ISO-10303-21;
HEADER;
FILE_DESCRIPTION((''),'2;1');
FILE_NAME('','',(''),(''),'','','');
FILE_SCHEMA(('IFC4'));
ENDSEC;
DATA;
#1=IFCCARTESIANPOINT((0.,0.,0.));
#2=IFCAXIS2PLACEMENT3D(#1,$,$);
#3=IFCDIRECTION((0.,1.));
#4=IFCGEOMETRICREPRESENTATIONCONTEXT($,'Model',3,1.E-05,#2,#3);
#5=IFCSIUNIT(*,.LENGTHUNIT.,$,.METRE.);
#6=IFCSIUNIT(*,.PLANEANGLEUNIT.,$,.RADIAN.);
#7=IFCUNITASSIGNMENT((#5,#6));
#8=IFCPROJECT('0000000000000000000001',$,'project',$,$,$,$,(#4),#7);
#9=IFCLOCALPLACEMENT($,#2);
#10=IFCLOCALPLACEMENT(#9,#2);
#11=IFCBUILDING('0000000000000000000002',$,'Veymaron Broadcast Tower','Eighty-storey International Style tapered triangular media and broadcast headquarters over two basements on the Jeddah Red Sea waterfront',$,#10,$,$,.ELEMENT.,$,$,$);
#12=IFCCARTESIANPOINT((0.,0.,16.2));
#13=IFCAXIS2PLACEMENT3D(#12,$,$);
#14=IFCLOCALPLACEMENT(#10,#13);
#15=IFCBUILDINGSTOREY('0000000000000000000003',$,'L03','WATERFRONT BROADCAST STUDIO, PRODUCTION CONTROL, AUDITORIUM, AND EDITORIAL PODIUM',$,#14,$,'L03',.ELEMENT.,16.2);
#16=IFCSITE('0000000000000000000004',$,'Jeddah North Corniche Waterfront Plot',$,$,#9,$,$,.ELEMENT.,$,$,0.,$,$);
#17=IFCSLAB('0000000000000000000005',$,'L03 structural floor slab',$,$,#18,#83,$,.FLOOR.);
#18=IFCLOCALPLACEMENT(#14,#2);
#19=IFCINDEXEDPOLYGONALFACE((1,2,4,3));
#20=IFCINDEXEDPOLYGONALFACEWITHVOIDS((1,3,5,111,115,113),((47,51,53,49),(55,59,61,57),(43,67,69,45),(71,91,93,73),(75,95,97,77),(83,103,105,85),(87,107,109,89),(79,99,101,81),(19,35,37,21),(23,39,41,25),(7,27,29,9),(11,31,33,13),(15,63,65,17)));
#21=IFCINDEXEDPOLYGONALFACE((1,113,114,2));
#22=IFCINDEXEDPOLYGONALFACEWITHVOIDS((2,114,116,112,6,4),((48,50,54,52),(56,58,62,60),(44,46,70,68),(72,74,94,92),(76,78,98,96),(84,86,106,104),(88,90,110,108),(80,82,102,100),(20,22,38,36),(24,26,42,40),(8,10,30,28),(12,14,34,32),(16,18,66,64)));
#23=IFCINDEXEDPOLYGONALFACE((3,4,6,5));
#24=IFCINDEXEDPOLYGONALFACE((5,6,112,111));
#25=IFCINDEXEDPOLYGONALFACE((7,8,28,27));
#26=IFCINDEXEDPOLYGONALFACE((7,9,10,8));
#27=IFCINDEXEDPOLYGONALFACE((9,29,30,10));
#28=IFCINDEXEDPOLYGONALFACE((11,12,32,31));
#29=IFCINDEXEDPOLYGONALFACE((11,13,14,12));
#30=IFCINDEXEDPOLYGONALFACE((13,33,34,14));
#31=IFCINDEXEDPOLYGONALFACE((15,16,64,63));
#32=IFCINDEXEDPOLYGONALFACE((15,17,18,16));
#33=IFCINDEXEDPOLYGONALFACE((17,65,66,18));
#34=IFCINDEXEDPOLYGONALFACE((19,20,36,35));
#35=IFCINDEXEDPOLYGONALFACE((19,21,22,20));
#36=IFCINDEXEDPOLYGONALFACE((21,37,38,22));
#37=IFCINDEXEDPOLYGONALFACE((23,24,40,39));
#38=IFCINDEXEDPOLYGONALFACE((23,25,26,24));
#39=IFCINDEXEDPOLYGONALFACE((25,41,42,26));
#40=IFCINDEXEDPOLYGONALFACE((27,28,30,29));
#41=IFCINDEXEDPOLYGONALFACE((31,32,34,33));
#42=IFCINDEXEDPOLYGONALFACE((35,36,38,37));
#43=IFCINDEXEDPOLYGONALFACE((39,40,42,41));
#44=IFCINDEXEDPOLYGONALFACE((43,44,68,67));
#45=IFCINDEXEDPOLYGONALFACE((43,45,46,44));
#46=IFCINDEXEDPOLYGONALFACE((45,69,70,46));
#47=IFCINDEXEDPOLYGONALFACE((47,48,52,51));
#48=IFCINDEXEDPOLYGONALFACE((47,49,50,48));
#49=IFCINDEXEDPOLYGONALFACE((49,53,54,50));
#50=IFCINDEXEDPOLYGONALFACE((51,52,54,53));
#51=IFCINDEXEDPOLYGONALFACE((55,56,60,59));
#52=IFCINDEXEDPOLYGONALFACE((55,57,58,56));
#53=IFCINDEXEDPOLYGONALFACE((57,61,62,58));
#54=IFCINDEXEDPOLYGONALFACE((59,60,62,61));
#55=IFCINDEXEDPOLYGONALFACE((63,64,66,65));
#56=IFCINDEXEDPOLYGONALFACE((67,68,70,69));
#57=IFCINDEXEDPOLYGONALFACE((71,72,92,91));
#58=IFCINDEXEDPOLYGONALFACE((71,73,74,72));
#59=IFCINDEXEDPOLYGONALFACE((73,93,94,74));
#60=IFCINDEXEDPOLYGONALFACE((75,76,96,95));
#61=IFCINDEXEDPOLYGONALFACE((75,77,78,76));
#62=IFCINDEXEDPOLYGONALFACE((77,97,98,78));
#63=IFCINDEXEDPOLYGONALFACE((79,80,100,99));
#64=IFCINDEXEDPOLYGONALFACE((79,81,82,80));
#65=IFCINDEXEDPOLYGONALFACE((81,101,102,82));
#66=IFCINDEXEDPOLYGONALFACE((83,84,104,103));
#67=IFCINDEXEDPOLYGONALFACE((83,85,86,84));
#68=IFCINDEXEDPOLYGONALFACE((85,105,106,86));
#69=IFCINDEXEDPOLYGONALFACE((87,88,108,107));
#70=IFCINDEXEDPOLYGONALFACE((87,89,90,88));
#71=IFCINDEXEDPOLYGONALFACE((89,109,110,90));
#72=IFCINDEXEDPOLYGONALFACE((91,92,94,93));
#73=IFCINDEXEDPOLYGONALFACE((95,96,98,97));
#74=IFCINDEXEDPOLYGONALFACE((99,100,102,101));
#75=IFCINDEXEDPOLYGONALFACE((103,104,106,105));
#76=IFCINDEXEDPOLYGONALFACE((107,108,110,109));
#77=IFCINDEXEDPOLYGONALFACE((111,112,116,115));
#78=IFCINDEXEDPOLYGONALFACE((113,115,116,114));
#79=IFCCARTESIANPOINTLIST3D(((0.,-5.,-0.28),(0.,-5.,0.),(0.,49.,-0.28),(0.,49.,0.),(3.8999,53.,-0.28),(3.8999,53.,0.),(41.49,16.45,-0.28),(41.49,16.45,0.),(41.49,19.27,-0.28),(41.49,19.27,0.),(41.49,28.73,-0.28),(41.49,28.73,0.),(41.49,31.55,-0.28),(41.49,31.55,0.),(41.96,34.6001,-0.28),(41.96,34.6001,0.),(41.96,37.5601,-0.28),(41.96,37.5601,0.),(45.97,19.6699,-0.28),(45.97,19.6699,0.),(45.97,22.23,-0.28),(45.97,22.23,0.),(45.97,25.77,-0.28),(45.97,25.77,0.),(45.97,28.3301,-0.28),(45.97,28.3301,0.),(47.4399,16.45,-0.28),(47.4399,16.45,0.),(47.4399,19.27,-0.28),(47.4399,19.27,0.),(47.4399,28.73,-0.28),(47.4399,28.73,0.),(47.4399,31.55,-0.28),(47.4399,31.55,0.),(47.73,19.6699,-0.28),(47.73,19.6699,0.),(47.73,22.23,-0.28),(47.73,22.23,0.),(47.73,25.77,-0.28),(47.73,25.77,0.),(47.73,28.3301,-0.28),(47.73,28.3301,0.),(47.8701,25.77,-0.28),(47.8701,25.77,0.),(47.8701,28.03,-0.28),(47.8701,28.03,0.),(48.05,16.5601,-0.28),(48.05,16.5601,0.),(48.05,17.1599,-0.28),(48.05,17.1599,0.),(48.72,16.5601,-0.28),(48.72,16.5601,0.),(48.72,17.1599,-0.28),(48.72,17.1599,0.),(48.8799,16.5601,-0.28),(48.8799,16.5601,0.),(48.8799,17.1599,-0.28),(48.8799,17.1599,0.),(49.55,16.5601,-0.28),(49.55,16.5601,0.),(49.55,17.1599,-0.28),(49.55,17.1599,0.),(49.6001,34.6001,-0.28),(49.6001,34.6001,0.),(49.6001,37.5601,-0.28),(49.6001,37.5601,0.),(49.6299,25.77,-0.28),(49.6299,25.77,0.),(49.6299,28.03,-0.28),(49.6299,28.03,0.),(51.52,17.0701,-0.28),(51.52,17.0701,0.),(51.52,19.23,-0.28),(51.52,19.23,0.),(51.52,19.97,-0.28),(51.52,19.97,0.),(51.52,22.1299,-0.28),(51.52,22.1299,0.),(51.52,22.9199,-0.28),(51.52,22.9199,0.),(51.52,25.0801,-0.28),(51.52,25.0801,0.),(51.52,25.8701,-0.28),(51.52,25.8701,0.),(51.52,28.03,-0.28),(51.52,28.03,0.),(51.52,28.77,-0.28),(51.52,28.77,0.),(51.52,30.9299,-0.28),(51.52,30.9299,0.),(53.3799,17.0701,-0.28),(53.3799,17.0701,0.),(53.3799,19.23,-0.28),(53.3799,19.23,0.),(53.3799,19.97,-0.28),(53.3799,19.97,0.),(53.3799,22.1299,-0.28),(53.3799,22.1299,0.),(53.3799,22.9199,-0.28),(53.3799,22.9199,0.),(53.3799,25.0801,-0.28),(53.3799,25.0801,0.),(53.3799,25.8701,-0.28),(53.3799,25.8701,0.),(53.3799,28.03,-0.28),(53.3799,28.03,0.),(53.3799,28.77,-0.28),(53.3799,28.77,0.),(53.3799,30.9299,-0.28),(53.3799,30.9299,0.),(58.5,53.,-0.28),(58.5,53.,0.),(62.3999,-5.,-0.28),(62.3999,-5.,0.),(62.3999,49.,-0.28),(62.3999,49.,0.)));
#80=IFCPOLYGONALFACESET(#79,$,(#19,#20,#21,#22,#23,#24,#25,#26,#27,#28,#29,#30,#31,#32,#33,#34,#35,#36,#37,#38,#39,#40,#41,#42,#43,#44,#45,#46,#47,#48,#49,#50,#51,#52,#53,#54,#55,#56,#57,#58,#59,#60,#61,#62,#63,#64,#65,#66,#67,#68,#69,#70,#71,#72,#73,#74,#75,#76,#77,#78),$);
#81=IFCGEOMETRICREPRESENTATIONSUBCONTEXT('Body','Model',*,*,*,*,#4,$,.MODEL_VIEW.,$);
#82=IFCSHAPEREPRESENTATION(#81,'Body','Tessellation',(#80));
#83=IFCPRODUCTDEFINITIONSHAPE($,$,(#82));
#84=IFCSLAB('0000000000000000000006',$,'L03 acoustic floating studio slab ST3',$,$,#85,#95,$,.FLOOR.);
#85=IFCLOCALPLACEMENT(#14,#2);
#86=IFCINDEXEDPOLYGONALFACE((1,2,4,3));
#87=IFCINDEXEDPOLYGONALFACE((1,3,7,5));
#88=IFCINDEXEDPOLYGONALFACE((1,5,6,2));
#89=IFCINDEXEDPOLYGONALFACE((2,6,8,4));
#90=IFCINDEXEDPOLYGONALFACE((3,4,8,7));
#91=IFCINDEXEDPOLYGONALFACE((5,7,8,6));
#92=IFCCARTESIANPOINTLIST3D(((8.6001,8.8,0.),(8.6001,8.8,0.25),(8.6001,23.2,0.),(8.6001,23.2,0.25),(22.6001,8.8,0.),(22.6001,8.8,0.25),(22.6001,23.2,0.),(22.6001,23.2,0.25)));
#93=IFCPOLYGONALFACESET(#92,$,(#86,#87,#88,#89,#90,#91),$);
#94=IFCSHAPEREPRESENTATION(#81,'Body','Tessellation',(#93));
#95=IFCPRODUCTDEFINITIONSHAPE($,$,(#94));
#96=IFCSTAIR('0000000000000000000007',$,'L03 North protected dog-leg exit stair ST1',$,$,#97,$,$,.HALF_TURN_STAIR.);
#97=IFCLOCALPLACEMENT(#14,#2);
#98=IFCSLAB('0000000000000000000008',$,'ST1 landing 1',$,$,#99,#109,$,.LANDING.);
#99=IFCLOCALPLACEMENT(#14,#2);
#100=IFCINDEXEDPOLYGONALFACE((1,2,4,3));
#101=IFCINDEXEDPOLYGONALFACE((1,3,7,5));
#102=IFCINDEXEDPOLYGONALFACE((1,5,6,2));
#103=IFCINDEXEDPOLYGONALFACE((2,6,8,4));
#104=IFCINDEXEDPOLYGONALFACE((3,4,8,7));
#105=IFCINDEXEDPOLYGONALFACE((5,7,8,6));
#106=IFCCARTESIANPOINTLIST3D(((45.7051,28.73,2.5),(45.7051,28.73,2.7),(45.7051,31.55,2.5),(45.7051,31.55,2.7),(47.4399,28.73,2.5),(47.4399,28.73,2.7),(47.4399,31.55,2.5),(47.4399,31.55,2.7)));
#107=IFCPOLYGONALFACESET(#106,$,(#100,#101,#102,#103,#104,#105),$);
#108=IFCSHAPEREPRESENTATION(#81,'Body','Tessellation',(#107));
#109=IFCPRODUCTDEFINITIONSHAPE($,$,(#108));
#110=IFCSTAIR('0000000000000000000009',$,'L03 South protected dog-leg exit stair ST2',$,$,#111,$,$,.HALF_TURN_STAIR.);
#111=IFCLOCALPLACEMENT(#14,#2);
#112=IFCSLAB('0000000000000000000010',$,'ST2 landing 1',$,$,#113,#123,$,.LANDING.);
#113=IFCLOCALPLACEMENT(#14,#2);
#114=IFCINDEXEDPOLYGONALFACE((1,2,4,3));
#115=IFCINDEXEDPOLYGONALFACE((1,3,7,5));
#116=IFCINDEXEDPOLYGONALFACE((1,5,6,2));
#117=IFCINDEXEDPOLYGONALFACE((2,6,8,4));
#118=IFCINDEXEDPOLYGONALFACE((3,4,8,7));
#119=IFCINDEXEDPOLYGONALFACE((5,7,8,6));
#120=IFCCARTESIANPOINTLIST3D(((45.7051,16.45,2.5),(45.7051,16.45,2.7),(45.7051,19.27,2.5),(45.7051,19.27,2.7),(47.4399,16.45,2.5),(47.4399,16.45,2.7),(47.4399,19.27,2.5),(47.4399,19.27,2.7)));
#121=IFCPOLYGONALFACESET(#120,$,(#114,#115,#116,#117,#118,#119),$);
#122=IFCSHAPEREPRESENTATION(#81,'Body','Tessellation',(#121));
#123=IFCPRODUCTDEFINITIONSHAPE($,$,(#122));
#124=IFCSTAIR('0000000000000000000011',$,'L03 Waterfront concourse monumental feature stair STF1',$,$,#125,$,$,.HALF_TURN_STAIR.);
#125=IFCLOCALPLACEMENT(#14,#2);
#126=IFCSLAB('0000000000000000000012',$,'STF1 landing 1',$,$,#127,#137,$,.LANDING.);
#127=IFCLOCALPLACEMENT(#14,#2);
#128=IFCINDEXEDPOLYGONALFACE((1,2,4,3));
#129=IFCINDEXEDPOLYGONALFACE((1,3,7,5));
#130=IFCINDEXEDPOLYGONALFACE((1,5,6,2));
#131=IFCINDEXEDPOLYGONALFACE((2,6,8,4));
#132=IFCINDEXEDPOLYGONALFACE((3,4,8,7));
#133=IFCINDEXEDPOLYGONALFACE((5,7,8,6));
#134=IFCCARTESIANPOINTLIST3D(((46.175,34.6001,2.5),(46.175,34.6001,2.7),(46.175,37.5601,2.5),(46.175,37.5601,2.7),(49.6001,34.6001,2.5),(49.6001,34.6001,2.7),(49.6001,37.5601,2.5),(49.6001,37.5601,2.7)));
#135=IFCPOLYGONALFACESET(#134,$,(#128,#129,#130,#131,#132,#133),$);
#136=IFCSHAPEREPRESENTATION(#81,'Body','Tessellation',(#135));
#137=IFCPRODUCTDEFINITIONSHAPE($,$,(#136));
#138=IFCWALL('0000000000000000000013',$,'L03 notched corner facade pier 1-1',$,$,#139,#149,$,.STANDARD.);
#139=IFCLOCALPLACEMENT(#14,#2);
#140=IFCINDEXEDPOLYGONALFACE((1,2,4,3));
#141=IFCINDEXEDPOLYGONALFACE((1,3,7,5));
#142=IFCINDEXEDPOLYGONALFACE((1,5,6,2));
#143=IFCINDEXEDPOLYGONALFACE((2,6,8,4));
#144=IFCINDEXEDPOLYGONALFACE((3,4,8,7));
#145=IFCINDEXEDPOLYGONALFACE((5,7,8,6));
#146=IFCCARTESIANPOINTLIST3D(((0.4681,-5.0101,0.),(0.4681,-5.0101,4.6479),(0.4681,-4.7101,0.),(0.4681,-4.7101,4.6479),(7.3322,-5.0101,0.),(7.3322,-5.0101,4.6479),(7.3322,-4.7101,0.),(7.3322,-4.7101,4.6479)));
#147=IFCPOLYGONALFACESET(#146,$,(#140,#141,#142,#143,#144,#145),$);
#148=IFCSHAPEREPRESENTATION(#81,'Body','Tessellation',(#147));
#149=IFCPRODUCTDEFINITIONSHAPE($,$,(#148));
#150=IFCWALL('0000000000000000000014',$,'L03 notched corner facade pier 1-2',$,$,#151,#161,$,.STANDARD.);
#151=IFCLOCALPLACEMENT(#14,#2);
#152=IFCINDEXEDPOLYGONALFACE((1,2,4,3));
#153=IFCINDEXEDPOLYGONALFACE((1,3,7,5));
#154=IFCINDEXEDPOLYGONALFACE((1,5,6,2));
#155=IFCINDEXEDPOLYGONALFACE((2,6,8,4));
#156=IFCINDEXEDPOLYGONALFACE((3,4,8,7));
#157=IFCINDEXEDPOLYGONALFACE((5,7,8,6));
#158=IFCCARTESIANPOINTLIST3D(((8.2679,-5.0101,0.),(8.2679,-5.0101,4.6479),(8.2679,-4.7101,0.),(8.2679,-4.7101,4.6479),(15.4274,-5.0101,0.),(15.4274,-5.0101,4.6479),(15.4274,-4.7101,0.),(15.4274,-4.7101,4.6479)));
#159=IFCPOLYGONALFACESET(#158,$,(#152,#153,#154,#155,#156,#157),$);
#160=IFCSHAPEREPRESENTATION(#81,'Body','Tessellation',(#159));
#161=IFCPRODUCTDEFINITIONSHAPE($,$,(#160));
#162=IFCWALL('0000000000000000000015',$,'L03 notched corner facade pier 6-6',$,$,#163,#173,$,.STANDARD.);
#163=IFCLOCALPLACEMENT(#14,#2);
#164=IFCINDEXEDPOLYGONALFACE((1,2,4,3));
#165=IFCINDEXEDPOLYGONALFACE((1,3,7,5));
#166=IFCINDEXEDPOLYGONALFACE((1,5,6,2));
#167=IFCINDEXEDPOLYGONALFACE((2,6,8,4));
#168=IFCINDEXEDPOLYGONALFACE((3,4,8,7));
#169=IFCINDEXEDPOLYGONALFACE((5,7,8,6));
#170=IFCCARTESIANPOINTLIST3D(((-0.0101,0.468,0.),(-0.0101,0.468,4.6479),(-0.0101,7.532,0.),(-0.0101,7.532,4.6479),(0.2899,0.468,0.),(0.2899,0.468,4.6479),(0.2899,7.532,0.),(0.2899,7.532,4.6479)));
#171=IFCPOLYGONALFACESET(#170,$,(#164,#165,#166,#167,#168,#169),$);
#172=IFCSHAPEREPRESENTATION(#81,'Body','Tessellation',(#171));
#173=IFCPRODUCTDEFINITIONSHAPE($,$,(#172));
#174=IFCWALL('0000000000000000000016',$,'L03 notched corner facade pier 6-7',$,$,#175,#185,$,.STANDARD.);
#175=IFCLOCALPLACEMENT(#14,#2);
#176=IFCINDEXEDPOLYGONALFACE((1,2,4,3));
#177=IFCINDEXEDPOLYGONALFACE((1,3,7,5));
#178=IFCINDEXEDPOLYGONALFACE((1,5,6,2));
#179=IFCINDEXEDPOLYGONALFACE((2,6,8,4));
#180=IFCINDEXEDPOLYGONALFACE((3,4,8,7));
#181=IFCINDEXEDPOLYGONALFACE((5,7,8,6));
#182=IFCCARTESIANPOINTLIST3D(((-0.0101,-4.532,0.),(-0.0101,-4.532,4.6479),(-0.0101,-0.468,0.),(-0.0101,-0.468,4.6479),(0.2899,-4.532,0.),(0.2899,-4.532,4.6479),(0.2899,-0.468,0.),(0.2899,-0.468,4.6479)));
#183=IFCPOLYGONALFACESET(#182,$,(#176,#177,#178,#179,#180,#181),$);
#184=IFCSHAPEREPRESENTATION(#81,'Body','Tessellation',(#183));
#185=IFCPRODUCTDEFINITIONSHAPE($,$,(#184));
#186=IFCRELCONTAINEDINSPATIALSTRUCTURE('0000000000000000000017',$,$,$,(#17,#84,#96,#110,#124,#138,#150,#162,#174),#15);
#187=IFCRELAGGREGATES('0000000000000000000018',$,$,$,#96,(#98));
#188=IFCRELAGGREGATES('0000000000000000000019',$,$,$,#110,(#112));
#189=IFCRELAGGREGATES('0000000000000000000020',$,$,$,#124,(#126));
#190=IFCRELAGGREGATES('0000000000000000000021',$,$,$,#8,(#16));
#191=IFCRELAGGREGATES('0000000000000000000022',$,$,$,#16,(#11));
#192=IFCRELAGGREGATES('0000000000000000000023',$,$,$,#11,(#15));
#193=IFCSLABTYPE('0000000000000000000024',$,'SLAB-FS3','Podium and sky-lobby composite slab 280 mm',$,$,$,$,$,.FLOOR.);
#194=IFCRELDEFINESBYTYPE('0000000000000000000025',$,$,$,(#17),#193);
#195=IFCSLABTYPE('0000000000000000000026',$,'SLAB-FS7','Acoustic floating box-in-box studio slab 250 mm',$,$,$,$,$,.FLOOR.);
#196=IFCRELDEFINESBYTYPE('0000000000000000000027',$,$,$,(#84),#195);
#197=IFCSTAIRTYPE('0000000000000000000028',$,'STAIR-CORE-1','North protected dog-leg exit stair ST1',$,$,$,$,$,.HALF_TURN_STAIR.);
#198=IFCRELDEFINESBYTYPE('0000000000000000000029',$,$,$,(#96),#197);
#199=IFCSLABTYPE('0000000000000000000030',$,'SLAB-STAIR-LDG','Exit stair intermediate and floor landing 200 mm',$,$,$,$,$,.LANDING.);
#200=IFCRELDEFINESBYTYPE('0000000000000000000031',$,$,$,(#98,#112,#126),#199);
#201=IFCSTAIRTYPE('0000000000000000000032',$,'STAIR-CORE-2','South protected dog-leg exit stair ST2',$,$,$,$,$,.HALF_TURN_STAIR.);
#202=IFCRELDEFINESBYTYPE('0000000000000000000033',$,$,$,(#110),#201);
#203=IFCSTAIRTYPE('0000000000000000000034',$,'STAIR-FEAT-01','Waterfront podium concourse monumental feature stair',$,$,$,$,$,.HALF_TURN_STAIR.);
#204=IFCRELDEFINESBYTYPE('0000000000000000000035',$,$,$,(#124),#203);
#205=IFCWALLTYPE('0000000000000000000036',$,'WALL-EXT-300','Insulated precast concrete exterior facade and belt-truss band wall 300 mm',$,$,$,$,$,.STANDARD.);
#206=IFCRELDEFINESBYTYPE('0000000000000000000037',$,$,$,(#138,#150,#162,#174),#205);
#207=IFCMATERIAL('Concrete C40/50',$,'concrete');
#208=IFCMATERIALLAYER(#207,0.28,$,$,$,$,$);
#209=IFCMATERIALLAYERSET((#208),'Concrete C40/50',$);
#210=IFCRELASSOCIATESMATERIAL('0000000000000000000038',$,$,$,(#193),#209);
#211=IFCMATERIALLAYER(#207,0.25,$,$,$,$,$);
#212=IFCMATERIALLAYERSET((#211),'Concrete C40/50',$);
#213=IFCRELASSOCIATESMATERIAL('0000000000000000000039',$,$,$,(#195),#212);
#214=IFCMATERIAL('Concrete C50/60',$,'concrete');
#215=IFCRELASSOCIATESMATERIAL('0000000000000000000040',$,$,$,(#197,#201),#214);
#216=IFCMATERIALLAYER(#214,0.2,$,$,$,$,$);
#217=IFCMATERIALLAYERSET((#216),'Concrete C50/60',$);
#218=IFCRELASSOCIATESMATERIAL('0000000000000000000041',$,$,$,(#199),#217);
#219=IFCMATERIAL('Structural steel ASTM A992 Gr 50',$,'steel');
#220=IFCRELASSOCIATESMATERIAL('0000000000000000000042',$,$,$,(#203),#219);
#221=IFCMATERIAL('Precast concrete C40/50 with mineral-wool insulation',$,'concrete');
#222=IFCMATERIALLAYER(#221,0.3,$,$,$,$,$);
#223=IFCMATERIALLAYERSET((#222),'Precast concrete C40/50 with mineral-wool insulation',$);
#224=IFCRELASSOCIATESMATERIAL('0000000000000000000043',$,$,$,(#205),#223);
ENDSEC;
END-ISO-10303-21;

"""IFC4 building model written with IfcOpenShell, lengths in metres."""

from ifc_helpers import new_model, si_unit, direction, frame, frame_2d, origin, place, context, subcontext, project, spatial, polyline, rectangle, outline, extrude, material, layer, layer_set, type_object, element, aggregate, save


model = new_model("IFC4")

# Units and contexts
model_context = context("Model", 3, precision=1e-05, world=origin(), true_north=direction((0.0, 1.0)))
body_context = subcontext(model_context, "Body", "Model", "MODEL_VIEW")
ifc_project = project(units=[si_unit("LENGTHUNIT", "METRE"), si_unit("PLANEANGLEUNIT", "RADIAN")], contexts=[model_context])

# Site, building, storey
site_placement = place(None, origin())
site = spatial("IfcSite", under=ifc_project, at=site_placement, Name="Jeddah North Corniche Waterfront Plot", CompositionType="ELEMENT", RefElevation=0.0)
building_placement = place(site_placement, origin())
building = spatial("IfcBuilding", under=site, at=building_placement, Name="Veymaron Broadcast Tower", Description="Eighty-storey International Style tapered triangular media and broadcast headquarters over two basements on the Jeddah Red Sea waterfront", CompositionType="ELEMENT")
storey_placement = place(building_placement, frame((0.0, 0.0, 16.2)))
storey = spatial("IfcBuildingStorey", under=building, at=storey_placement, Name="L03", Description="WATERFRONT BROADCAST STUDIO, PRODUCTION CONTROL, AUDITORIUM, AND EDITORIAL PODIUM", LongName="L03", CompositionType="ELEMENT", Elevation=16.2)

# Shared definitions
ifc_material_1 = material(Name="Concrete C50/60", Category="concrete")

# Shared definitions
ifc_material_2 = material(Name="Structural steel ASTM A992 Gr 50", Category="steel")

# Slabs
ifc_material_3 = material(Name="Concrete C40/50", Category="concrete")
ifc_layer_1 = layer(ifc_material_3, 0.28)
ifc_layer_set_1 = layer_set([ifc_layer_1], Name="Concrete C40/50")
slab_type_1 = type_object("IfcSlabType", Name="SLAB-FS3", Description="Podium and sky-lobby composite slab 280 mm", PredefinedType="FLOOR", material=ifc_layer_set_1)
slab_1_placement = place(storey_placement, frame((0.0, 0.0, -0.28)))
element("IfcSlab", 1, at=slab_1_placement, inside=storey, type_object=slab_type_1, Name="L03 structural floor slab", PredefinedType="FLOOR", context=body_context, shape_type="SweptSolid", body=[
    extrude(outline(polyline([(0.0, -5.0), (62.3999, -5.0), (62.3999, 49.0), (58.5, 53.0), (3.8999, 53.0), (0.0, 49.0), (0.0, -5.0)]), holes=[polyline([(45.97, 28.3301), (47.73, 28.3301), (47.73, 25.77), (45.97, 25.77), (45.97, 28.3301)]), polyline([(45.97, 22.23), (47.73, 22.23), (47.73, 19.6699), (45.97, 19.6699), (45.97, 22.23)]), polyline([(47.8701, 28.03), (49.6299, 28.03), (49.6299, 25.77), (47.8701, 25.77), (47.8701, 28.03)]), polyline([(51.52, 30.9299), (53.3799, 30.9299), (53.3799, 28.77), (51.52, 28.77), (51.52, 30.9299)]), polyline([(51.52, 28.03), (53.3799, 28.03), (53.3799, 25.8701), (51.52, 25.8701), (51.52, 28.03)]), polyline([(51.52, 22.1299), (53.3799, 22.1299), (53.3799, 19.97), (51.52, 19.97), (51.52, 22.1299)]), polyline([(51.52, 25.0801), (53.3799, 25.0801), (53.3799, 22.9199), (51.52, 22.9199), (51.52, 25.0801)]), polyline([(51.52, 19.23), (53.3799, 19.23), (53.3799, 17.0701), (51.52, 17.0701), (51.52, 19.23)]), polyline([(48.05, 17.1599), (48.72, 17.1599), (48.72, 16.5601), (48.05, 16.5601), (48.05, 17.1599)]), polyline([(48.8799, 17.1599), (49.55, 17.1599), (49.55, 16.5601), (48.8799, 16.5601), (48.8799, 17.1599)]), polyline([(41.49, 31.55), (47.4399, 31.55), (47.4399, 28.73), (41.49, 28.73), (41.49, 31.55)]), polyline([(41.49, 19.27), (47.4399, 19.27), (47.4399, 16.45), (41.49, 16.45), (41.49, 19.27)]), polyline([(41.96, 37.5601), (49.6001, 37.5601), (49.6001, 34.6001), (41.96, 34.6001), (41.96, 37.5601)])]), origin(), (0.0, 0.0, 1.0), 0.28),
])
ifc_layer_2 = layer(ifc_material_3, 0.25)
ifc_layer_set_2 = layer_set([ifc_layer_2], Name="Concrete C40/50")
slab_type_2 = type_object("IfcSlabType", Name="SLAB-FS7", Description="Acoustic floating box-in-box studio slab 250 mm", PredefinedType="FLOOR", material=ifc_layer_set_2)
slab_2_placement = place(storey_placement, origin())
element("IfcSlab", 2, at=slab_2_placement, inside=storey, type_object=slab_type_2, Name="L03 acoustic floating studio slab ST3", PredefinedType="FLOOR", context=body_context, shape_type="SweptSolid", body=[
    extrude(outline(polyline([(8.6001, 8.8), (22.6001, 8.8), (22.6001, 23.2), (8.6001, 23.2), (8.6001, 8.8)])), origin(), (0.0, 0.0, 1.0), 0.25),
])

# Stairs, slabs
stair_type_1 = type_object("IfcStairType", Name="STAIR-CORE-1", Description="North protected dog-leg exit stair ST1", PredefinedType="HALF_TURN_STAIR", material=ifc_material_1)
stair_1_placement = place(storey_placement, origin())
stair_1 = element("IfcStair", 3, at=stair_1_placement, inside=storey, type_object=stair_type_1, Name="L03 North protected dog-leg exit stair ST1", PredefinedType="HALF_TURN_STAIR")
ifc_layer_3 = layer(ifc_material_1, 0.2)
ifc_layer_set_3 = layer_set([ifc_layer_3], Name="Concrete C50/60")
slab_type_3 = type_object("IfcSlabType", Name="SLAB-STAIR-LDG", Description="Exit stair intermediate and floor landing 200 mm", PredefinedType="LANDING", material=ifc_layer_set_3)
slab_3_placement = place(storey_placement, frame((0.0, 0.0, 2.5)))
slab_3 = element("IfcSlab", 4, at=slab_3_placement, type_object=slab_type_3, Name="ST1 landing 1", PredefinedType="LANDING", context=body_context, shape_type="SweptSolid", body=[
    extrude(outline(polyline([(45.7051, 28.73), (47.4399, 28.73), (47.4399, 31.55), (45.7051, 31.55), (45.7051, 28.73)])), origin(), (0.0, 0.0, 1.0), 0.2),
])
aggregate(stair_1, [slab_3])
stair_type_2 = type_object("IfcStairType", Name="STAIR-CORE-2", Description="South protected dog-leg exit stair ST2", PredefinedType="HALF_TURN_STAIR", material=ifc_material_1)
stair_2_placement = place(storey_placement, origin())
stair_2 = element("IfcStair", 5, at=stair_2_placement, inside=storey, type_object=stair_type_2, Name="L03 South protected dog-leg exit stair ST2", PredefinedType="HALF_TURN_STAIR")
slab_4_placement = place(storey_placement, frame((0.0, 0.0, 2.5)))
slab_4 = element("IfcSlab", 6, at=slab_4_placement, type_object=slab_type_3, Name="ST2 landing 1", PredefinedType="LANDING", context=body_context, shape_type="SweptSolid", body=[
    extrude(outline(polyline([(45.7051, 16.45), (47.4399, 16.45), (47.4399, 19.27), (45.7051, 19.27), (45.7051, 16.45)])), origin(), (0.0, 0.0, 1.0), 0.2),
])
aggregate(stair_2, [slab_4])
stair_type_3 = type_object("IfcStairType", Name="STAIR-FEAT-01", Description="Waterfront podium concourse monumental feature stair", PredefinedType="HALF_TURN_STAIR", material=ifc_material_2)
stair_3_placement = place(storey_placement, origin())
stair_3 = element("IfcStair", 7, at=stair_3_placement, inside=storey, type_object=stair_type_3, Name="L03 Waterfront concourse monumental feature stair STF1", PredefinedType="HALF_TURN_STAIR")
slab_5_placement = place(storey_placement, frame((0.0, 0.0, 2.5)))
slab_5 = element("IfcSlab", 8, at=slab_5_placement, type_object=slab_type_3, Name="STF1 landing 1", PredefinedType="LANDING", context=body_context, shape_type="SweptSolid", body=[
    extrude(outline(polyline([(46.175, 34.6001), (49.6001, 34.6001), (49.6001, 37.5601), (46.175, 37.5601), (46.175, 34.6001)])), origin(), (0.0, 0.0, 1.0), 0.2),
])
aggregate(stair_3, [slab_5])

# Walls
ifc_material_4 = material(Name="Precast concrete C40/50 with mineral-wool insulation", Category="concrete")
ifc_layer_4 = layer(ifc_material_4, 0.3)
ifc_layer_set_4 = layer_set([ifc_layer_4], Name="Precast concrete C40/50 with mineral-wool insulation")
wall_type = type_object("IfcWallType", Name="WALL-EXT-300", Description="Insulated precast concrete exterior facade and belt-truss band wall 300 mm", PredefinedType="STANDARD", material=ifc_layer_set_4)
wall_1_placement = place(storey_placement, frame((0.468, -4.8601, 0.0), z_axis=(0.0, 0.0, 1.0), x_axis=(1.0, 0.0, 0.0)))
element("IfcWall", 9, at=wall_1_placement, inside=storey, type_object=wall_type, Name="L03 notched corner facade pier 1-1", PredefinedType="STANDARD", context=body_context, shape_type="SweptSolid", body=[
    extrude(rectangle(XDim=6.864, YDim=0.3, at=frame_2d((3.4321, 0.0))), origin(), (0.0, 0.0, 1.0), 4.6479),
])
wall_2_placement = place(storey_placement, frame((8.2681, -4.8601, 0.0), z_axis=(0.0, 0.0, 1.0), x_axis=(1.0, 0.0, 0.0)))
element("IfcWall", 10, at=wall_2_placement, inside=storey, type_object=wall_type, Name="L03 notched corner facade pier 1-2", PredefinedType="STANDARD", context=body_context, shape_type="SweptSolid", body=[
    extrude(rectangle(XDim=7.1594, YDim=0.3, at=frame_2d((3.5796, 0.0))), origin(), (0.0, 0.0, 1.0), 4.6479),
])
wall_3_placement = place(storey_placement, frame((0.1399, 7.532, 0.0), z_axis=(0.0, 0.0, 1.0), x_axis=(0.0, -1.0, 0.0)))
element("IfcWall", 11, at=wall_3_placement, inside=storey, type_object=wall_type, Name="L03 notched corner facade pier 6-6", PredefinedType="STANDARD", context=body_context, shape_type="SweptSolid", body=[
    extrude(rectangle(XDim=7.064, YDim=0.3, at=frame_2d((3.532, 0.0))), origin(), (0.0, 0.0, 1.0), 4.6479),
])
wall_4_placement = place(storey_placement, frame((0.1399, -0.468, 0.0), z_axis=(0.0, 0.0, 1.0), x_axis=(0.0, -1.0, 0.0)))
element("IfcWall", 12, at=wall_4_placement, inside=storey, type_object=wall_type, Name="L03 notched corner facade pier 6-7", PredefinedType="STANDARD", context=body_context, shape_type="SweptSolid", body=[
    extrude(rectangle(XDim=4.064, YDim=0.3, at=frame_2d((2.032, 0.0))), origin(), (0.0, 0.0, 1.0), 4.6479),
])

save(model, "model.ifc")
